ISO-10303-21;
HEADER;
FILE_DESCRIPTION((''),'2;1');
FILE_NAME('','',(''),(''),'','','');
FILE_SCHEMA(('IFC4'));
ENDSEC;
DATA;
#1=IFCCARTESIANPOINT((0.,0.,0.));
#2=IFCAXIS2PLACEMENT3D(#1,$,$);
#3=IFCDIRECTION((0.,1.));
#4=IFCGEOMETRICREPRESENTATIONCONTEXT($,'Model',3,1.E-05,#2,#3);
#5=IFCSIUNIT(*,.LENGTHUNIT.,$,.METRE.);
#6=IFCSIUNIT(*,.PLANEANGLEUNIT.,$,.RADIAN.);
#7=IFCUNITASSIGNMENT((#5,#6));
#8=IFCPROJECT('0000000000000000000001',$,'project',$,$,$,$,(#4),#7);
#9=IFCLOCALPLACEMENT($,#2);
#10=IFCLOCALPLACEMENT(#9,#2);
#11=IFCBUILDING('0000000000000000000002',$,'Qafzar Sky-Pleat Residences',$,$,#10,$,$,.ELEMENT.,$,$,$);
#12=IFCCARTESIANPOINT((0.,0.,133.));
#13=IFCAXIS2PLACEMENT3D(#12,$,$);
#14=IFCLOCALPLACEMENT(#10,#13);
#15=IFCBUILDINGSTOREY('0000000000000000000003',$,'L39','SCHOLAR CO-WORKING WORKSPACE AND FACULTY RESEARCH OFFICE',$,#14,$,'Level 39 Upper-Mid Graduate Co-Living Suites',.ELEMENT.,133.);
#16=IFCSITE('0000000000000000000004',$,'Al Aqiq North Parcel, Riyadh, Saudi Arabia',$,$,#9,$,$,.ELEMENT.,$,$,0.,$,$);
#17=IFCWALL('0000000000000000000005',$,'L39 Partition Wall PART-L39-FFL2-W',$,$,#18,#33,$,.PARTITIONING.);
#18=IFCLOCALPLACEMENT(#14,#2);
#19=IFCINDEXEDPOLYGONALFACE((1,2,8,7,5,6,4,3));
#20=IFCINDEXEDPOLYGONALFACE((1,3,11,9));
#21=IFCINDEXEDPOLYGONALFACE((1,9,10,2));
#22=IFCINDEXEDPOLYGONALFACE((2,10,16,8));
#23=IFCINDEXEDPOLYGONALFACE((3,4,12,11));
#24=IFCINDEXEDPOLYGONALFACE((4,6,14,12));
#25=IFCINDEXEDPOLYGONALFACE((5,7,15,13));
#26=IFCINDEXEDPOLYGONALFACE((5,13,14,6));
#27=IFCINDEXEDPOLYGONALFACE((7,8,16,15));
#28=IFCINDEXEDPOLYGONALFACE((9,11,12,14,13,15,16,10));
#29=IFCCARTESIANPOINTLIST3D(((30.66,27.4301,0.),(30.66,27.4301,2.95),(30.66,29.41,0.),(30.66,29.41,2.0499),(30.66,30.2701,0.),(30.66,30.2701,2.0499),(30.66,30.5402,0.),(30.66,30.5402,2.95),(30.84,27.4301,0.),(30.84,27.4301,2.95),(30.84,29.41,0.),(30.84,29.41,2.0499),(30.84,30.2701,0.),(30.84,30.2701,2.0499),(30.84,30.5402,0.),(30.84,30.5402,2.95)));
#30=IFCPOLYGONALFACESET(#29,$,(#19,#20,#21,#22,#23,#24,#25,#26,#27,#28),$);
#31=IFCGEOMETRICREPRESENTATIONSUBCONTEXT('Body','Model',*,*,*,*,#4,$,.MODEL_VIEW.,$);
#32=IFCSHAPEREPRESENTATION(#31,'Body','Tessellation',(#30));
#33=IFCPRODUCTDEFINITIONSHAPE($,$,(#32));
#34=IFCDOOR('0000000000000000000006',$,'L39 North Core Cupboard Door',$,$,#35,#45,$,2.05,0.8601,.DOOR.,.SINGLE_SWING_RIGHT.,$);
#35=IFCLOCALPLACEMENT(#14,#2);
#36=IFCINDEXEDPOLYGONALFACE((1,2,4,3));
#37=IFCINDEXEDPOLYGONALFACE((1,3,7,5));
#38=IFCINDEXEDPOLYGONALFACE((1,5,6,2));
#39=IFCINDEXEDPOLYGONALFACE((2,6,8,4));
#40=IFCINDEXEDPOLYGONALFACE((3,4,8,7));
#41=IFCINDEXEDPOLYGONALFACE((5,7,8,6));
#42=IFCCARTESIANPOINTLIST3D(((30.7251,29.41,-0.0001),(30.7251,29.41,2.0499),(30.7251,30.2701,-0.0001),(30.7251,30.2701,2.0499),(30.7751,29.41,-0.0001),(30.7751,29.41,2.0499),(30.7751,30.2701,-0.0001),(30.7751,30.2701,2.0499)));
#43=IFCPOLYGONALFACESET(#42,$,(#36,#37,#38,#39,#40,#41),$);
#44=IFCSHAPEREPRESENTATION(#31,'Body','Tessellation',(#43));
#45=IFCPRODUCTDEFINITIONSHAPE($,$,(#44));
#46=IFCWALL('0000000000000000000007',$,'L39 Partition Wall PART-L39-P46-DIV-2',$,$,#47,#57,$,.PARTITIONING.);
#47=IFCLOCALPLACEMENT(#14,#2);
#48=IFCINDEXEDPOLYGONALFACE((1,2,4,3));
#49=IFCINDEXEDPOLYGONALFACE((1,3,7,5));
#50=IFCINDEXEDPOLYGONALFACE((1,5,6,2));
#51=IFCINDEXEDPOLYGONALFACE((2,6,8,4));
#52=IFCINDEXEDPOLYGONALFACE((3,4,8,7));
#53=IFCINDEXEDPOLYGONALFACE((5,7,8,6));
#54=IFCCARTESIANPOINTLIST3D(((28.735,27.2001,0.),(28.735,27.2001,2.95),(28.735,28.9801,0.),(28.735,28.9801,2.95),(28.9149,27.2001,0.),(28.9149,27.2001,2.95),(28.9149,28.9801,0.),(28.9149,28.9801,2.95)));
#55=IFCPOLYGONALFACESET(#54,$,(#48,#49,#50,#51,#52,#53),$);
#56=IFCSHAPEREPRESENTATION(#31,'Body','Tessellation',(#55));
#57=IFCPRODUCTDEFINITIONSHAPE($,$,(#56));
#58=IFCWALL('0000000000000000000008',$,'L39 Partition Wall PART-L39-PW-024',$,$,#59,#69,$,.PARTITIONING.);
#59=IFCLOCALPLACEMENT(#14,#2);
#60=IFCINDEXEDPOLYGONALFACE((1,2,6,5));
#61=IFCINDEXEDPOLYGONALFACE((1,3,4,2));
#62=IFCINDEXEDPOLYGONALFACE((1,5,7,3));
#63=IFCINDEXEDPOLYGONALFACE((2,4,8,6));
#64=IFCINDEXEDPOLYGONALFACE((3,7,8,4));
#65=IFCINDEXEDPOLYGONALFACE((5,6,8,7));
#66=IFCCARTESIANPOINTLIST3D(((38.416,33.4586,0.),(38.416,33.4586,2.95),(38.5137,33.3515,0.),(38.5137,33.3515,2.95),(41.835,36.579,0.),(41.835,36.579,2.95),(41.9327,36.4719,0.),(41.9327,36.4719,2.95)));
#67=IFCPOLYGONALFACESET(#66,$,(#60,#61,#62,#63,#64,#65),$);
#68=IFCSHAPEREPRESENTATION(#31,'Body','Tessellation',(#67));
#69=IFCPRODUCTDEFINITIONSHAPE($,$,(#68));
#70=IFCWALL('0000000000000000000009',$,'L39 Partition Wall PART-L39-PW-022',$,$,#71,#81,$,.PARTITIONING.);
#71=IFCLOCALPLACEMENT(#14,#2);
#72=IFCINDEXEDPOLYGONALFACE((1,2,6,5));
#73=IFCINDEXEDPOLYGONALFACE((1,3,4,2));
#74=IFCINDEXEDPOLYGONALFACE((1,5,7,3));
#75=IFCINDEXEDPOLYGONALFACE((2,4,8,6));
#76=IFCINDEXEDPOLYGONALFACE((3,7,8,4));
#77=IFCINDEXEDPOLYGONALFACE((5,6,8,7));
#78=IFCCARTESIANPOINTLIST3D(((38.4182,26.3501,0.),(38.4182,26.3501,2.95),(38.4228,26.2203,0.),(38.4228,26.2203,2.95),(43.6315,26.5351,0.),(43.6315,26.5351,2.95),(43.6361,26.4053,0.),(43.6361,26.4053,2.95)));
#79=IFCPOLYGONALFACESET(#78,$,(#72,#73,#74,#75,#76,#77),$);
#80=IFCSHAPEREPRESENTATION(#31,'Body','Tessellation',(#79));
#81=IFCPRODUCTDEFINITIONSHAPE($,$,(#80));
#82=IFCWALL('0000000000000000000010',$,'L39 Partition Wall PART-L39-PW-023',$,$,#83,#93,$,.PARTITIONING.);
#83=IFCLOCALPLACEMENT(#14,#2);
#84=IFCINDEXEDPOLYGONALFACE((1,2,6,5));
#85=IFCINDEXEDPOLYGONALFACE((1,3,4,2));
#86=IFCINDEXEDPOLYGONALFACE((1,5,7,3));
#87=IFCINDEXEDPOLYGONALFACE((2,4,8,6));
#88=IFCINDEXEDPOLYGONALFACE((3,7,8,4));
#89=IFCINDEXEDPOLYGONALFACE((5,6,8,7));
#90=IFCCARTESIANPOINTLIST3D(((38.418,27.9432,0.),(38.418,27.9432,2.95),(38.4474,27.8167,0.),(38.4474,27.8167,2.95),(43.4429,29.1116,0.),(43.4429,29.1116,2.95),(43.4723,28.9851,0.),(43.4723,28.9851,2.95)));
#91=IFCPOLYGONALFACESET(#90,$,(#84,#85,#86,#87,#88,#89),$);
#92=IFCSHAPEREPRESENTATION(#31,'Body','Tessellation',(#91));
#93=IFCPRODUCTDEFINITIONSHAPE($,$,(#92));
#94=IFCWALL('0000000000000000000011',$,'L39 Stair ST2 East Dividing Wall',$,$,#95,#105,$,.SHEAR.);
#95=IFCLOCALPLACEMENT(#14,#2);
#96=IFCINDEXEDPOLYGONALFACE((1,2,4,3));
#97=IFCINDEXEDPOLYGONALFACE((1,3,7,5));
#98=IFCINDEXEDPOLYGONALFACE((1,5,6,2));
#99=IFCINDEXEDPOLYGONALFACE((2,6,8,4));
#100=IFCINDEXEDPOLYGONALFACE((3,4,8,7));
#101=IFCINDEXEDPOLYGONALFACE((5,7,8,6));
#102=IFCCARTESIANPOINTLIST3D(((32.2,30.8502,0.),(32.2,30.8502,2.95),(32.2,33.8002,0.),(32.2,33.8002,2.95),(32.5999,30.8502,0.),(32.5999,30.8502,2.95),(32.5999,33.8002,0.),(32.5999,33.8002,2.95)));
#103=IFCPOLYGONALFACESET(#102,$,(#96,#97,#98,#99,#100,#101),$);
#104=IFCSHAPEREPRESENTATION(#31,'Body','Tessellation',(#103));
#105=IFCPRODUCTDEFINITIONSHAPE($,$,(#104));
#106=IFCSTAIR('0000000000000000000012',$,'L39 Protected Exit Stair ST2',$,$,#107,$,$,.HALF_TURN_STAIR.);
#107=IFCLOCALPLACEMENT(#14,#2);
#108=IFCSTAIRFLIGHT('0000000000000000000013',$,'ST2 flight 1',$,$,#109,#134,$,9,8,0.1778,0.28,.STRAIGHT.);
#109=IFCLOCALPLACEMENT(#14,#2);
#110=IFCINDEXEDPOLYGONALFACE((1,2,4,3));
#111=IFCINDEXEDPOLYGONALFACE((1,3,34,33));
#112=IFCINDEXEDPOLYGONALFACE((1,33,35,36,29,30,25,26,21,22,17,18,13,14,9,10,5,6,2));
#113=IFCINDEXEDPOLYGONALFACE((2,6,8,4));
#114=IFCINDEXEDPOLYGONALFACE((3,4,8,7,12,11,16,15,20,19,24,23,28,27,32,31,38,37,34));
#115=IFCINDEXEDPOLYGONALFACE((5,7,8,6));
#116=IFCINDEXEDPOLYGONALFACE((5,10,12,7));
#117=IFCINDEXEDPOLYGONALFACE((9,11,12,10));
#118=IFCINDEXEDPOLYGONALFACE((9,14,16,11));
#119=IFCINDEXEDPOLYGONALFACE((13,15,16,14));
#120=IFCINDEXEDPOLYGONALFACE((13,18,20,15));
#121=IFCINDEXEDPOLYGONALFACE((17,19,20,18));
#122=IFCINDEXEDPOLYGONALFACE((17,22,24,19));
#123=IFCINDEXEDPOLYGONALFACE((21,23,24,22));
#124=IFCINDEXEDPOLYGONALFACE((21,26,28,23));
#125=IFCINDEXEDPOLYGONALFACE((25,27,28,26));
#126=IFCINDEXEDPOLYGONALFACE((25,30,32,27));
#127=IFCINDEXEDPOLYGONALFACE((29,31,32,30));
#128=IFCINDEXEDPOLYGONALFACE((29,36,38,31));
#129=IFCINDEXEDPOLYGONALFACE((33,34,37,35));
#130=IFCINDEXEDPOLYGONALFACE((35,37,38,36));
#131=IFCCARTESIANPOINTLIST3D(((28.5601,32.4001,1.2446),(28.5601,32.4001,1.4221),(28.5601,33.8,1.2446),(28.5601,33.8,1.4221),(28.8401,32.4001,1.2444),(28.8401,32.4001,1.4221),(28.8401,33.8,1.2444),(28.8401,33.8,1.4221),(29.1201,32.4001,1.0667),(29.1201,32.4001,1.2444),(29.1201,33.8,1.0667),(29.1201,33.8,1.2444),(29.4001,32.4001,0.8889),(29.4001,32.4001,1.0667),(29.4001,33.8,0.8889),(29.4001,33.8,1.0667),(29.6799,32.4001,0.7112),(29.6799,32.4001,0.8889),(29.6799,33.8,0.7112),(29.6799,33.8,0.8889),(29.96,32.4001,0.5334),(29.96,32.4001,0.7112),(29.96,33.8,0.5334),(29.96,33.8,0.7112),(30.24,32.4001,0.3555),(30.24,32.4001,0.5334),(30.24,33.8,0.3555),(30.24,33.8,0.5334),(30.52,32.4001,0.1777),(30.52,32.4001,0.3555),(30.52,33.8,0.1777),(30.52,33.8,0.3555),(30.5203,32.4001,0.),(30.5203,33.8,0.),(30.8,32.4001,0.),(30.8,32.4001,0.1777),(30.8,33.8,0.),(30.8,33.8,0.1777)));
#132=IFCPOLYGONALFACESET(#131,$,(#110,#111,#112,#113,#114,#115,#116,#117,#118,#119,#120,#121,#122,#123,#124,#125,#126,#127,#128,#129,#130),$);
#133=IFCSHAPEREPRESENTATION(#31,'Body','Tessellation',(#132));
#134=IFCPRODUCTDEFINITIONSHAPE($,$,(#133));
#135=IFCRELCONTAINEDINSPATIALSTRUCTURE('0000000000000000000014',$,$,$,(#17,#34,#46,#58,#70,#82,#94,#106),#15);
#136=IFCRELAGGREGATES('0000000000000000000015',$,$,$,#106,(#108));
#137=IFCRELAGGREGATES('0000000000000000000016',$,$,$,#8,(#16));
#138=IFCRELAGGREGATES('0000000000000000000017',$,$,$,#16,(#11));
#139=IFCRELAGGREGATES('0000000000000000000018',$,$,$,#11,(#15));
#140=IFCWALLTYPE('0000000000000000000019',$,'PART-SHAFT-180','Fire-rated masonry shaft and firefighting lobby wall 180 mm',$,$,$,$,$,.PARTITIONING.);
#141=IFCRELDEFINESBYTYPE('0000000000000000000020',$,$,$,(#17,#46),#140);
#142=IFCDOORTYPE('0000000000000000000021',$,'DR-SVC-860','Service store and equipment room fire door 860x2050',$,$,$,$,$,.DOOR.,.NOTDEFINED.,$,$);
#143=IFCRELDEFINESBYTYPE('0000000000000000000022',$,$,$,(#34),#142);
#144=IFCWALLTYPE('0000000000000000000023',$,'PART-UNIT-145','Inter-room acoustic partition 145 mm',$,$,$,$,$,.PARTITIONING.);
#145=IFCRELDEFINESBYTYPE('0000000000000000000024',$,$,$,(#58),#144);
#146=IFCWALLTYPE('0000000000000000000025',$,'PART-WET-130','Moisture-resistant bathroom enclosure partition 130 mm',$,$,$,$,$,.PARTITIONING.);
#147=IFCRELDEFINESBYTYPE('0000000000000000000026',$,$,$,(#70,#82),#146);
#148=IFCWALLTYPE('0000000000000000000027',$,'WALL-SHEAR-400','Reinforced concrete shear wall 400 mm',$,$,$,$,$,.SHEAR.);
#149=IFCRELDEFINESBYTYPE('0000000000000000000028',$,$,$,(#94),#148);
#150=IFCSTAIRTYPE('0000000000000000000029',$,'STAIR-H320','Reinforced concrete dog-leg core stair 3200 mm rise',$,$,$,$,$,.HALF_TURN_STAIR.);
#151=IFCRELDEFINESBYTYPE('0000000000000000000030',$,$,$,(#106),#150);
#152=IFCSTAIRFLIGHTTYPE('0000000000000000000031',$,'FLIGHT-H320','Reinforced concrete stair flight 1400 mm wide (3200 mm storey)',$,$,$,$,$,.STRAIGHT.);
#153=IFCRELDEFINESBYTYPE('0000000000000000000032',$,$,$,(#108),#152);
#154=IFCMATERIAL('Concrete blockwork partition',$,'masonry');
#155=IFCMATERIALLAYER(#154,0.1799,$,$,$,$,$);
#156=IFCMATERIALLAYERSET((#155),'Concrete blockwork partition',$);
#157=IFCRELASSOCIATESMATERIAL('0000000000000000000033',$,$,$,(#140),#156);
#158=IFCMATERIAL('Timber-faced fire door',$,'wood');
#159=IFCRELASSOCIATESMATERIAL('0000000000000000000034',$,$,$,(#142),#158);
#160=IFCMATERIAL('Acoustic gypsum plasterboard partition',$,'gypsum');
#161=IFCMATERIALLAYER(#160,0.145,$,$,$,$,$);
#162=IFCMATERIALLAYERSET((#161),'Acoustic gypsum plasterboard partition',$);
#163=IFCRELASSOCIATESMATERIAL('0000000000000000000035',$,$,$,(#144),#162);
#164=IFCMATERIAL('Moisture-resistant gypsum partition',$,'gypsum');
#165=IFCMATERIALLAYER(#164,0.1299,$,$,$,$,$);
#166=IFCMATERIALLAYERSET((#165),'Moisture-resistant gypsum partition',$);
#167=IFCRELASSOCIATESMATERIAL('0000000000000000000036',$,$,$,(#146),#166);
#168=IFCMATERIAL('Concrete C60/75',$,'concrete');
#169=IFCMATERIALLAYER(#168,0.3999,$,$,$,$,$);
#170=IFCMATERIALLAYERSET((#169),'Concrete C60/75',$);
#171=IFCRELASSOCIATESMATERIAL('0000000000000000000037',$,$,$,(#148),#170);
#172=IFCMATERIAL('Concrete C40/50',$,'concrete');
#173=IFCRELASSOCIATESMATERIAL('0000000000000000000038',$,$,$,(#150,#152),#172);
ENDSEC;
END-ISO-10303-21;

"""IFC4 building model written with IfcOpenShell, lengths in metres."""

from ifc_helpers import new_model, si_unit, direction, frame, frame_2d, origin, place, context, subcontext, project, spatial, polyline, rectangle, outline, extrude, source, transform, mapped, material, layer, layer_set, type_object, element, fill, aggregate, save


model = new_model("IFC4")

# Units and contexts
model_context = context("Model", 3, precision=1e-05, world=origin(), true_north=direction((0.0, 1.0)))
body_context = subcontext(model_context, "Body", "Model", "MODEL_VIEW")
ifc_project = project(units=[si_unit("LENGTHUNIT", "METRE"), si_unit("PLANEANGLEUNIT", "RADIAN")], contexts=[model_context])

# Site, building, storey
site_placement = place(None, origin())
site = spatial("IfcSite", under=ifc_project, at=site_placement, Name="Al Aqiq North Parcel, Riyadh, Saudi Arabia", CompositionType="ELEMENT", RefElevation=0.0)
building_placement = place(site_placement, origin())
building = spatial("IfcBuilding", under=site, at=building_placement, Name="Qafzar Sky-Pleat Residences", CompositionType="ELEMENT")
storey_placement = place(building_placement, frame((0.0, 0.0, 133.0)))
storey = spatial("IfcBuildingStorey", under=building, at=storey_placement, Name="L39", Description="SCHOLAR CO-WORKING WORKSPACE AND FACULTY RESEARCH OFFICE", LongName="Level 39 Upper-Mid Graduate Co-Living Suites", CompositionType="ELEMENT", Elevation=133.0)

# Shared definitions
ifc_material_1 = material(Name="Acoustic gypsum plasterboard partition", Category="gypsum")
ifc_material_2 = material(Name="Timber-faced fire door", Category="wood")

# Wall, opening, door
ifc_material_3 = material(Name="Concrete blockwork partition", Category="masonry")
ifc_layer_1 = layer(ifc_material_3, 0.1799)
ifc_layer_set_1 = layer_set([ifc_layer_1], Name="Concrete blockwork partition")
wall_type_1 = type_object("IfcWallType", Name="PART-SHAFT-180", Description="Fire-rated masonry shaft and firefighting lobby wall 180 mm", PredefinedType="PARTITIONING", material=ifc_layer_set_1)
wall_1_placement = place(storey_placement, frame((30.75, 27.4299, 0.0), z_axis=(0.0, 0.0, 1.0), x_axis=(0.0, 1.0, 0.0)))
wall_1 = element("IfcWall", 1, at=wall_1_placement, inside=storey, type_object=wall_type_1, Name="L39 Partition Wall PART-L39-FFL2-W", PredefinedType="PARTITIONING", context=body_context, shape_type="SweptSolid", body=[
    extrude(rectangle(XDim=3.1101, YDim=0.1799, at=frame_2d((1.5552, 0.0))), origin(), (0.0, 0.0, 1.0), 2.95),
])
opening_1_placement = place(wall_1_placement, frame((1.98, 0.0, 0.0)))
opening_1 = element("IfcOpeningElement", 2, at=opening_1_placement, cuts=wall_1, PredefinedType="OPENING", context=body_context, shape_type="SweptSolid", body=[
    extrude(rectangle(XDim=0.8601, YDim=2.05, at=frame_2d((0.4302, 1.0249))), frame((0.0, 0.1001, 0.0), z_axis=(0.0, -1.0, 0.0), x_axis=(1.0, 0.0, 0.0)), (0.0, 0.0, 1.0), 0.2),
])
door_type_1 = type_object("IfcDoorType", Name="DR-SVC-860", Description="Service store and equipment room fire door 860x2050", OperationType="NOTDEFINED", PredefinedType="DOOR", material=ifc_material_2)
shared_shape_1 = source(origin(), body_context, "Body", "SweptSolid", [
    extrude(rectangle(XDim=0.8601, YDim=2.05, at=frame_2d((0.4302, 1.0249))), frame((0.0, 0.0249, 0.0), z_axis=(0.0, -1.0, 0.0), x_axis=(1.0, 0.0, 0.0)), (0.0, 0.0, 1.0), 0.05),
])
door_1_placement = place(opening_1_placement, origin())
door_1 = element("IfcDoor", 3, at=door_1_placement, inside=storey, type_object=door_type_1, Name="L39 North Core Cupboard Door", OperationType="SINGLE_SWING_RIGHT", OverallHeight=2.05, OverallWidth=0.8601, PredefinedType="DOOR", context=body_context, shape_type="MappedRepresentation", body=[
    mapped(shared_shape_1, transform((0.0, 0.0, 0.0), x_axis=(1.0, 0.0, 0.0), y_axis=(0.0, 1.0, 0.0), z_axis=(0.0, 0.0, 1.0), scale=1.0)),
])
fill(opening_1, door_1)

# Walls
wall_2_placement = place(storey_placement, frame((28.825, 27.2, 0.0), z_axis=(0.0, 0.0, 1.0), x_axis=(0.0, 1.0, 0.0)))
element("IfcWall", 4, at=wall_2_placement, inside=storey, type_object=wall_type_1, Name="L39 Partition Wall PART-L39-P46-DIV-2", PredefinedType="PARTITIONING", context=body_context, shape_type="SweptSolid", body=[
    extrude(rectangle(XDim=1.78, YDim=0.1799, at=frame_2d((0.8901, 0.0))), origin(), (0.0, 0.0, 1.0), 2.95),
])
ifc_layer_2 = layer(ifc_material_1, 0.145)
ifc_layer_set_2 = layer_set([ifc_layer_2], Name="Acoustic gypsum plasterboard partition")
wall_type_2 = type_object("IfcWallType", Name="PART-UNIT-145", Description="Inter-room acoustic partition 145 mm", PredefinedType="PARTITIONING", material=ifc_layer_set_2)
wall_3_placement = place(storey_placement, frame((38.4648, 33.405, 0.0), z_axis=(0.0, 0.0, 1.0), x_axis=(0.738624, 0.674118, 0.0)))
element("IfcWall", 5, at=wall_3_placement, inside=storey, type_object=wall_type_2, Name="L39 Partition Wall PART-L39-PW-024", PredefinedType="PARTITIONING", context=body_context, shape_type="SweptSolid", body=[
    extrude(rectangle(XDim=4.6289, YDim=0.145, at=frame_2d((2.3145, 0.0))), origin(), (0.0, 0.0, 1.0), 2.95),
])
ifc_material_4 = material(Name="Moisture-resistant gypsum partition", Category="gypsum")
ifc_layer_3 = layer(ifc_material_4, 0.1299)
ifc_layer_set_3 = layer_set([ifc_layer_3], Name="Moisture-resistant gypsum partition")
wall_type_3 = type_object("IfcWallType", Name="PART-WET-130", Description="Moisture-resistant bathroom enclosure partition 130 mm", PredefinedType="PARTITIONING", material=ifc_layer_set_3)
wall_4_placement = place(storey_placement, frame((38.4204, 26.2852, 0.0), z_axis=(0.0, 0.0, 1.0), x_axis=(0.999371, 0.035475, 0.0)))
element("IfcWall", 6, at=wall_4_placement, inside=storey, type_object=wall_type_3, Name="L39 Partition Wall PART-L39-PW-022", PredefinedType="PARTITIONING", context=body_context, shape_type="SweptSolid", body=[
    extrude(rectangle(XDim=5.2166, YDim=0.1299, at=frame_2d((2.6084, 0.0))), origin(), (0.0, 0.0, 1.0), 2.95),
])
wall_5_placement = place(storey_placement, frame((38.4326, 27.8799, 0.0), z_axis=(0.0, 0.0, 1.0), x_axis=(0.974013, 0.226491, 0.0)))
element("IfcWall", 7, at=wall_5_placement, inside=storey, type_object=wall_type_3, Name="L39 Partition Wall PART-L39-PW-023", PredefinedType="PARTITIONING", context=body_context, shape_type="SweptSolid", body=[
    extrude(rectangle(XDim=5.1589, YDim=0.1299, at=frame_2d((2.5796, 0.0))), origin(), (0.0, 0.0, 1.0), 2.95),
])
ifc_material_5 = material(Name="Concrete C60/75", Category="concrete")
ifc_layer_4 = layer(ifc_material_5, 0.3999)
ifc_layer_set_4 = layer_set([ifc_layer_4], Name="Concrete C60/75")
wall_type_4 = type_object("IfcWallType", Name="WALL-SHEAR-400", Description="Reinforced concrete shear wall 400 mm", PredefinedType="SHEAR", material=ifc_layer_set_4)
wall_6_placement = place(storey_placement, frame((32.3999, 30.8501, 0.0), z_axis=(0.0, 0.0, 1.0), x_axis=(0.0, 1.0, 0.0)))
element("IfcWall", 8, at=wall_6_placement, inside=storey, type_object=wall_type_4, Name="L39 Stair ST2 East Dividing Wall", PredefinedType="SHEAR", context=body_context, shape_type="SweptSolid", body=[
    extrude(rectangle(XDim=2.95, YDim=0.3999, at=frame_2d((1.4751, 0.0))), origin(), (0.0, 0.0, 1.0), 2.95),
])

# Stair, stair flight
ifc_material_6 = material(Name="Concrete C40/50", Category="concrete")
stair_type = type_object("IfcStairType", Name="STAIR-H320", Description="Reinforced concrete dog-leg core stair 3200 mm rise", PredefinedType="HALF_TURN_STAIR", material=ifc_material_6)
stair_placement = place(storey_placement, origin())
stair = element("IfcStair", 9, at=stair_placement, inside=storey, type_object=stair_type, Name="L39 Protected Exit Stair ST2", PredefinedType="HALF_TURN_STAIR")
stair_flight_type = type_object("IfcStairFlightType", Name="FLIGHT-H320", Description="Reinforced concrete stair flight 1400 mm wide (3200 mm storey)", PredefinedType="STRAIGHT", material=ifc_material_6)
shared_shape_2 = source(origin(), body_context, "Body", "SweptSolid", [
    extrude(outline(polyline([(0.0, 0.0), (0.0, 0.1777), (0.28, 0.1777), (0.28, 0.3555), (0.5601, 0.3555), (0.5601, 0.5334), (0.8401, 0.5334), (0.8401, 0.7112), (1.1201, 0.7112), (1.1201, 0.8889), (1.3999, 0.8889), (1.3999, 1.0667), (1.6799, 1.0667), (1.6799, 1.2444), (1.96, 1.2444), (1.96, 1.4221), (2.24, 1.4221), (2.24, 1.6001), (2.24, 1.2446), (0.2798, 0.0), (0.0, 0.0)])), frame((0.0, 0.7, 0.0), z_axis=(0.0, -1.0, 0.0), x_axis=(1.0, 0.0, 0.0)), (0.0, 0.0, 1.0), 1.3999),
])
stair_flight_placement = place(storey_placement, frame((30.8, 33.1001, 0.0), z_axis=(0.0, 0.0, 1.0), x_axis=(-1.0, 0.0, 0.0)))
stair_flight = element("IfcStairFlight", 10, at=stair_flight_placement, type_object=stair_flight_type, Name="ST2 flight 1", NumberOfRisers=9, NumberOfTreads=8, PredefinedType="STRAIGHT", RiserHeight=0.1778, TreadLength=0.28, context=body_context, shape_type="MappedRepresentation", body=[
    mapped(shared_shape_2, transform((0.0, 0.0, 0.0), x_axis=(1.0, 0.0, 0.0), y_axis=(0.0, 1.0, 0.0), z_axis=(0.0, 0.0, 1.0), scale=1.0)),
])
aggregate(stair, [stair_flight])

save(model, "model.ifc")
